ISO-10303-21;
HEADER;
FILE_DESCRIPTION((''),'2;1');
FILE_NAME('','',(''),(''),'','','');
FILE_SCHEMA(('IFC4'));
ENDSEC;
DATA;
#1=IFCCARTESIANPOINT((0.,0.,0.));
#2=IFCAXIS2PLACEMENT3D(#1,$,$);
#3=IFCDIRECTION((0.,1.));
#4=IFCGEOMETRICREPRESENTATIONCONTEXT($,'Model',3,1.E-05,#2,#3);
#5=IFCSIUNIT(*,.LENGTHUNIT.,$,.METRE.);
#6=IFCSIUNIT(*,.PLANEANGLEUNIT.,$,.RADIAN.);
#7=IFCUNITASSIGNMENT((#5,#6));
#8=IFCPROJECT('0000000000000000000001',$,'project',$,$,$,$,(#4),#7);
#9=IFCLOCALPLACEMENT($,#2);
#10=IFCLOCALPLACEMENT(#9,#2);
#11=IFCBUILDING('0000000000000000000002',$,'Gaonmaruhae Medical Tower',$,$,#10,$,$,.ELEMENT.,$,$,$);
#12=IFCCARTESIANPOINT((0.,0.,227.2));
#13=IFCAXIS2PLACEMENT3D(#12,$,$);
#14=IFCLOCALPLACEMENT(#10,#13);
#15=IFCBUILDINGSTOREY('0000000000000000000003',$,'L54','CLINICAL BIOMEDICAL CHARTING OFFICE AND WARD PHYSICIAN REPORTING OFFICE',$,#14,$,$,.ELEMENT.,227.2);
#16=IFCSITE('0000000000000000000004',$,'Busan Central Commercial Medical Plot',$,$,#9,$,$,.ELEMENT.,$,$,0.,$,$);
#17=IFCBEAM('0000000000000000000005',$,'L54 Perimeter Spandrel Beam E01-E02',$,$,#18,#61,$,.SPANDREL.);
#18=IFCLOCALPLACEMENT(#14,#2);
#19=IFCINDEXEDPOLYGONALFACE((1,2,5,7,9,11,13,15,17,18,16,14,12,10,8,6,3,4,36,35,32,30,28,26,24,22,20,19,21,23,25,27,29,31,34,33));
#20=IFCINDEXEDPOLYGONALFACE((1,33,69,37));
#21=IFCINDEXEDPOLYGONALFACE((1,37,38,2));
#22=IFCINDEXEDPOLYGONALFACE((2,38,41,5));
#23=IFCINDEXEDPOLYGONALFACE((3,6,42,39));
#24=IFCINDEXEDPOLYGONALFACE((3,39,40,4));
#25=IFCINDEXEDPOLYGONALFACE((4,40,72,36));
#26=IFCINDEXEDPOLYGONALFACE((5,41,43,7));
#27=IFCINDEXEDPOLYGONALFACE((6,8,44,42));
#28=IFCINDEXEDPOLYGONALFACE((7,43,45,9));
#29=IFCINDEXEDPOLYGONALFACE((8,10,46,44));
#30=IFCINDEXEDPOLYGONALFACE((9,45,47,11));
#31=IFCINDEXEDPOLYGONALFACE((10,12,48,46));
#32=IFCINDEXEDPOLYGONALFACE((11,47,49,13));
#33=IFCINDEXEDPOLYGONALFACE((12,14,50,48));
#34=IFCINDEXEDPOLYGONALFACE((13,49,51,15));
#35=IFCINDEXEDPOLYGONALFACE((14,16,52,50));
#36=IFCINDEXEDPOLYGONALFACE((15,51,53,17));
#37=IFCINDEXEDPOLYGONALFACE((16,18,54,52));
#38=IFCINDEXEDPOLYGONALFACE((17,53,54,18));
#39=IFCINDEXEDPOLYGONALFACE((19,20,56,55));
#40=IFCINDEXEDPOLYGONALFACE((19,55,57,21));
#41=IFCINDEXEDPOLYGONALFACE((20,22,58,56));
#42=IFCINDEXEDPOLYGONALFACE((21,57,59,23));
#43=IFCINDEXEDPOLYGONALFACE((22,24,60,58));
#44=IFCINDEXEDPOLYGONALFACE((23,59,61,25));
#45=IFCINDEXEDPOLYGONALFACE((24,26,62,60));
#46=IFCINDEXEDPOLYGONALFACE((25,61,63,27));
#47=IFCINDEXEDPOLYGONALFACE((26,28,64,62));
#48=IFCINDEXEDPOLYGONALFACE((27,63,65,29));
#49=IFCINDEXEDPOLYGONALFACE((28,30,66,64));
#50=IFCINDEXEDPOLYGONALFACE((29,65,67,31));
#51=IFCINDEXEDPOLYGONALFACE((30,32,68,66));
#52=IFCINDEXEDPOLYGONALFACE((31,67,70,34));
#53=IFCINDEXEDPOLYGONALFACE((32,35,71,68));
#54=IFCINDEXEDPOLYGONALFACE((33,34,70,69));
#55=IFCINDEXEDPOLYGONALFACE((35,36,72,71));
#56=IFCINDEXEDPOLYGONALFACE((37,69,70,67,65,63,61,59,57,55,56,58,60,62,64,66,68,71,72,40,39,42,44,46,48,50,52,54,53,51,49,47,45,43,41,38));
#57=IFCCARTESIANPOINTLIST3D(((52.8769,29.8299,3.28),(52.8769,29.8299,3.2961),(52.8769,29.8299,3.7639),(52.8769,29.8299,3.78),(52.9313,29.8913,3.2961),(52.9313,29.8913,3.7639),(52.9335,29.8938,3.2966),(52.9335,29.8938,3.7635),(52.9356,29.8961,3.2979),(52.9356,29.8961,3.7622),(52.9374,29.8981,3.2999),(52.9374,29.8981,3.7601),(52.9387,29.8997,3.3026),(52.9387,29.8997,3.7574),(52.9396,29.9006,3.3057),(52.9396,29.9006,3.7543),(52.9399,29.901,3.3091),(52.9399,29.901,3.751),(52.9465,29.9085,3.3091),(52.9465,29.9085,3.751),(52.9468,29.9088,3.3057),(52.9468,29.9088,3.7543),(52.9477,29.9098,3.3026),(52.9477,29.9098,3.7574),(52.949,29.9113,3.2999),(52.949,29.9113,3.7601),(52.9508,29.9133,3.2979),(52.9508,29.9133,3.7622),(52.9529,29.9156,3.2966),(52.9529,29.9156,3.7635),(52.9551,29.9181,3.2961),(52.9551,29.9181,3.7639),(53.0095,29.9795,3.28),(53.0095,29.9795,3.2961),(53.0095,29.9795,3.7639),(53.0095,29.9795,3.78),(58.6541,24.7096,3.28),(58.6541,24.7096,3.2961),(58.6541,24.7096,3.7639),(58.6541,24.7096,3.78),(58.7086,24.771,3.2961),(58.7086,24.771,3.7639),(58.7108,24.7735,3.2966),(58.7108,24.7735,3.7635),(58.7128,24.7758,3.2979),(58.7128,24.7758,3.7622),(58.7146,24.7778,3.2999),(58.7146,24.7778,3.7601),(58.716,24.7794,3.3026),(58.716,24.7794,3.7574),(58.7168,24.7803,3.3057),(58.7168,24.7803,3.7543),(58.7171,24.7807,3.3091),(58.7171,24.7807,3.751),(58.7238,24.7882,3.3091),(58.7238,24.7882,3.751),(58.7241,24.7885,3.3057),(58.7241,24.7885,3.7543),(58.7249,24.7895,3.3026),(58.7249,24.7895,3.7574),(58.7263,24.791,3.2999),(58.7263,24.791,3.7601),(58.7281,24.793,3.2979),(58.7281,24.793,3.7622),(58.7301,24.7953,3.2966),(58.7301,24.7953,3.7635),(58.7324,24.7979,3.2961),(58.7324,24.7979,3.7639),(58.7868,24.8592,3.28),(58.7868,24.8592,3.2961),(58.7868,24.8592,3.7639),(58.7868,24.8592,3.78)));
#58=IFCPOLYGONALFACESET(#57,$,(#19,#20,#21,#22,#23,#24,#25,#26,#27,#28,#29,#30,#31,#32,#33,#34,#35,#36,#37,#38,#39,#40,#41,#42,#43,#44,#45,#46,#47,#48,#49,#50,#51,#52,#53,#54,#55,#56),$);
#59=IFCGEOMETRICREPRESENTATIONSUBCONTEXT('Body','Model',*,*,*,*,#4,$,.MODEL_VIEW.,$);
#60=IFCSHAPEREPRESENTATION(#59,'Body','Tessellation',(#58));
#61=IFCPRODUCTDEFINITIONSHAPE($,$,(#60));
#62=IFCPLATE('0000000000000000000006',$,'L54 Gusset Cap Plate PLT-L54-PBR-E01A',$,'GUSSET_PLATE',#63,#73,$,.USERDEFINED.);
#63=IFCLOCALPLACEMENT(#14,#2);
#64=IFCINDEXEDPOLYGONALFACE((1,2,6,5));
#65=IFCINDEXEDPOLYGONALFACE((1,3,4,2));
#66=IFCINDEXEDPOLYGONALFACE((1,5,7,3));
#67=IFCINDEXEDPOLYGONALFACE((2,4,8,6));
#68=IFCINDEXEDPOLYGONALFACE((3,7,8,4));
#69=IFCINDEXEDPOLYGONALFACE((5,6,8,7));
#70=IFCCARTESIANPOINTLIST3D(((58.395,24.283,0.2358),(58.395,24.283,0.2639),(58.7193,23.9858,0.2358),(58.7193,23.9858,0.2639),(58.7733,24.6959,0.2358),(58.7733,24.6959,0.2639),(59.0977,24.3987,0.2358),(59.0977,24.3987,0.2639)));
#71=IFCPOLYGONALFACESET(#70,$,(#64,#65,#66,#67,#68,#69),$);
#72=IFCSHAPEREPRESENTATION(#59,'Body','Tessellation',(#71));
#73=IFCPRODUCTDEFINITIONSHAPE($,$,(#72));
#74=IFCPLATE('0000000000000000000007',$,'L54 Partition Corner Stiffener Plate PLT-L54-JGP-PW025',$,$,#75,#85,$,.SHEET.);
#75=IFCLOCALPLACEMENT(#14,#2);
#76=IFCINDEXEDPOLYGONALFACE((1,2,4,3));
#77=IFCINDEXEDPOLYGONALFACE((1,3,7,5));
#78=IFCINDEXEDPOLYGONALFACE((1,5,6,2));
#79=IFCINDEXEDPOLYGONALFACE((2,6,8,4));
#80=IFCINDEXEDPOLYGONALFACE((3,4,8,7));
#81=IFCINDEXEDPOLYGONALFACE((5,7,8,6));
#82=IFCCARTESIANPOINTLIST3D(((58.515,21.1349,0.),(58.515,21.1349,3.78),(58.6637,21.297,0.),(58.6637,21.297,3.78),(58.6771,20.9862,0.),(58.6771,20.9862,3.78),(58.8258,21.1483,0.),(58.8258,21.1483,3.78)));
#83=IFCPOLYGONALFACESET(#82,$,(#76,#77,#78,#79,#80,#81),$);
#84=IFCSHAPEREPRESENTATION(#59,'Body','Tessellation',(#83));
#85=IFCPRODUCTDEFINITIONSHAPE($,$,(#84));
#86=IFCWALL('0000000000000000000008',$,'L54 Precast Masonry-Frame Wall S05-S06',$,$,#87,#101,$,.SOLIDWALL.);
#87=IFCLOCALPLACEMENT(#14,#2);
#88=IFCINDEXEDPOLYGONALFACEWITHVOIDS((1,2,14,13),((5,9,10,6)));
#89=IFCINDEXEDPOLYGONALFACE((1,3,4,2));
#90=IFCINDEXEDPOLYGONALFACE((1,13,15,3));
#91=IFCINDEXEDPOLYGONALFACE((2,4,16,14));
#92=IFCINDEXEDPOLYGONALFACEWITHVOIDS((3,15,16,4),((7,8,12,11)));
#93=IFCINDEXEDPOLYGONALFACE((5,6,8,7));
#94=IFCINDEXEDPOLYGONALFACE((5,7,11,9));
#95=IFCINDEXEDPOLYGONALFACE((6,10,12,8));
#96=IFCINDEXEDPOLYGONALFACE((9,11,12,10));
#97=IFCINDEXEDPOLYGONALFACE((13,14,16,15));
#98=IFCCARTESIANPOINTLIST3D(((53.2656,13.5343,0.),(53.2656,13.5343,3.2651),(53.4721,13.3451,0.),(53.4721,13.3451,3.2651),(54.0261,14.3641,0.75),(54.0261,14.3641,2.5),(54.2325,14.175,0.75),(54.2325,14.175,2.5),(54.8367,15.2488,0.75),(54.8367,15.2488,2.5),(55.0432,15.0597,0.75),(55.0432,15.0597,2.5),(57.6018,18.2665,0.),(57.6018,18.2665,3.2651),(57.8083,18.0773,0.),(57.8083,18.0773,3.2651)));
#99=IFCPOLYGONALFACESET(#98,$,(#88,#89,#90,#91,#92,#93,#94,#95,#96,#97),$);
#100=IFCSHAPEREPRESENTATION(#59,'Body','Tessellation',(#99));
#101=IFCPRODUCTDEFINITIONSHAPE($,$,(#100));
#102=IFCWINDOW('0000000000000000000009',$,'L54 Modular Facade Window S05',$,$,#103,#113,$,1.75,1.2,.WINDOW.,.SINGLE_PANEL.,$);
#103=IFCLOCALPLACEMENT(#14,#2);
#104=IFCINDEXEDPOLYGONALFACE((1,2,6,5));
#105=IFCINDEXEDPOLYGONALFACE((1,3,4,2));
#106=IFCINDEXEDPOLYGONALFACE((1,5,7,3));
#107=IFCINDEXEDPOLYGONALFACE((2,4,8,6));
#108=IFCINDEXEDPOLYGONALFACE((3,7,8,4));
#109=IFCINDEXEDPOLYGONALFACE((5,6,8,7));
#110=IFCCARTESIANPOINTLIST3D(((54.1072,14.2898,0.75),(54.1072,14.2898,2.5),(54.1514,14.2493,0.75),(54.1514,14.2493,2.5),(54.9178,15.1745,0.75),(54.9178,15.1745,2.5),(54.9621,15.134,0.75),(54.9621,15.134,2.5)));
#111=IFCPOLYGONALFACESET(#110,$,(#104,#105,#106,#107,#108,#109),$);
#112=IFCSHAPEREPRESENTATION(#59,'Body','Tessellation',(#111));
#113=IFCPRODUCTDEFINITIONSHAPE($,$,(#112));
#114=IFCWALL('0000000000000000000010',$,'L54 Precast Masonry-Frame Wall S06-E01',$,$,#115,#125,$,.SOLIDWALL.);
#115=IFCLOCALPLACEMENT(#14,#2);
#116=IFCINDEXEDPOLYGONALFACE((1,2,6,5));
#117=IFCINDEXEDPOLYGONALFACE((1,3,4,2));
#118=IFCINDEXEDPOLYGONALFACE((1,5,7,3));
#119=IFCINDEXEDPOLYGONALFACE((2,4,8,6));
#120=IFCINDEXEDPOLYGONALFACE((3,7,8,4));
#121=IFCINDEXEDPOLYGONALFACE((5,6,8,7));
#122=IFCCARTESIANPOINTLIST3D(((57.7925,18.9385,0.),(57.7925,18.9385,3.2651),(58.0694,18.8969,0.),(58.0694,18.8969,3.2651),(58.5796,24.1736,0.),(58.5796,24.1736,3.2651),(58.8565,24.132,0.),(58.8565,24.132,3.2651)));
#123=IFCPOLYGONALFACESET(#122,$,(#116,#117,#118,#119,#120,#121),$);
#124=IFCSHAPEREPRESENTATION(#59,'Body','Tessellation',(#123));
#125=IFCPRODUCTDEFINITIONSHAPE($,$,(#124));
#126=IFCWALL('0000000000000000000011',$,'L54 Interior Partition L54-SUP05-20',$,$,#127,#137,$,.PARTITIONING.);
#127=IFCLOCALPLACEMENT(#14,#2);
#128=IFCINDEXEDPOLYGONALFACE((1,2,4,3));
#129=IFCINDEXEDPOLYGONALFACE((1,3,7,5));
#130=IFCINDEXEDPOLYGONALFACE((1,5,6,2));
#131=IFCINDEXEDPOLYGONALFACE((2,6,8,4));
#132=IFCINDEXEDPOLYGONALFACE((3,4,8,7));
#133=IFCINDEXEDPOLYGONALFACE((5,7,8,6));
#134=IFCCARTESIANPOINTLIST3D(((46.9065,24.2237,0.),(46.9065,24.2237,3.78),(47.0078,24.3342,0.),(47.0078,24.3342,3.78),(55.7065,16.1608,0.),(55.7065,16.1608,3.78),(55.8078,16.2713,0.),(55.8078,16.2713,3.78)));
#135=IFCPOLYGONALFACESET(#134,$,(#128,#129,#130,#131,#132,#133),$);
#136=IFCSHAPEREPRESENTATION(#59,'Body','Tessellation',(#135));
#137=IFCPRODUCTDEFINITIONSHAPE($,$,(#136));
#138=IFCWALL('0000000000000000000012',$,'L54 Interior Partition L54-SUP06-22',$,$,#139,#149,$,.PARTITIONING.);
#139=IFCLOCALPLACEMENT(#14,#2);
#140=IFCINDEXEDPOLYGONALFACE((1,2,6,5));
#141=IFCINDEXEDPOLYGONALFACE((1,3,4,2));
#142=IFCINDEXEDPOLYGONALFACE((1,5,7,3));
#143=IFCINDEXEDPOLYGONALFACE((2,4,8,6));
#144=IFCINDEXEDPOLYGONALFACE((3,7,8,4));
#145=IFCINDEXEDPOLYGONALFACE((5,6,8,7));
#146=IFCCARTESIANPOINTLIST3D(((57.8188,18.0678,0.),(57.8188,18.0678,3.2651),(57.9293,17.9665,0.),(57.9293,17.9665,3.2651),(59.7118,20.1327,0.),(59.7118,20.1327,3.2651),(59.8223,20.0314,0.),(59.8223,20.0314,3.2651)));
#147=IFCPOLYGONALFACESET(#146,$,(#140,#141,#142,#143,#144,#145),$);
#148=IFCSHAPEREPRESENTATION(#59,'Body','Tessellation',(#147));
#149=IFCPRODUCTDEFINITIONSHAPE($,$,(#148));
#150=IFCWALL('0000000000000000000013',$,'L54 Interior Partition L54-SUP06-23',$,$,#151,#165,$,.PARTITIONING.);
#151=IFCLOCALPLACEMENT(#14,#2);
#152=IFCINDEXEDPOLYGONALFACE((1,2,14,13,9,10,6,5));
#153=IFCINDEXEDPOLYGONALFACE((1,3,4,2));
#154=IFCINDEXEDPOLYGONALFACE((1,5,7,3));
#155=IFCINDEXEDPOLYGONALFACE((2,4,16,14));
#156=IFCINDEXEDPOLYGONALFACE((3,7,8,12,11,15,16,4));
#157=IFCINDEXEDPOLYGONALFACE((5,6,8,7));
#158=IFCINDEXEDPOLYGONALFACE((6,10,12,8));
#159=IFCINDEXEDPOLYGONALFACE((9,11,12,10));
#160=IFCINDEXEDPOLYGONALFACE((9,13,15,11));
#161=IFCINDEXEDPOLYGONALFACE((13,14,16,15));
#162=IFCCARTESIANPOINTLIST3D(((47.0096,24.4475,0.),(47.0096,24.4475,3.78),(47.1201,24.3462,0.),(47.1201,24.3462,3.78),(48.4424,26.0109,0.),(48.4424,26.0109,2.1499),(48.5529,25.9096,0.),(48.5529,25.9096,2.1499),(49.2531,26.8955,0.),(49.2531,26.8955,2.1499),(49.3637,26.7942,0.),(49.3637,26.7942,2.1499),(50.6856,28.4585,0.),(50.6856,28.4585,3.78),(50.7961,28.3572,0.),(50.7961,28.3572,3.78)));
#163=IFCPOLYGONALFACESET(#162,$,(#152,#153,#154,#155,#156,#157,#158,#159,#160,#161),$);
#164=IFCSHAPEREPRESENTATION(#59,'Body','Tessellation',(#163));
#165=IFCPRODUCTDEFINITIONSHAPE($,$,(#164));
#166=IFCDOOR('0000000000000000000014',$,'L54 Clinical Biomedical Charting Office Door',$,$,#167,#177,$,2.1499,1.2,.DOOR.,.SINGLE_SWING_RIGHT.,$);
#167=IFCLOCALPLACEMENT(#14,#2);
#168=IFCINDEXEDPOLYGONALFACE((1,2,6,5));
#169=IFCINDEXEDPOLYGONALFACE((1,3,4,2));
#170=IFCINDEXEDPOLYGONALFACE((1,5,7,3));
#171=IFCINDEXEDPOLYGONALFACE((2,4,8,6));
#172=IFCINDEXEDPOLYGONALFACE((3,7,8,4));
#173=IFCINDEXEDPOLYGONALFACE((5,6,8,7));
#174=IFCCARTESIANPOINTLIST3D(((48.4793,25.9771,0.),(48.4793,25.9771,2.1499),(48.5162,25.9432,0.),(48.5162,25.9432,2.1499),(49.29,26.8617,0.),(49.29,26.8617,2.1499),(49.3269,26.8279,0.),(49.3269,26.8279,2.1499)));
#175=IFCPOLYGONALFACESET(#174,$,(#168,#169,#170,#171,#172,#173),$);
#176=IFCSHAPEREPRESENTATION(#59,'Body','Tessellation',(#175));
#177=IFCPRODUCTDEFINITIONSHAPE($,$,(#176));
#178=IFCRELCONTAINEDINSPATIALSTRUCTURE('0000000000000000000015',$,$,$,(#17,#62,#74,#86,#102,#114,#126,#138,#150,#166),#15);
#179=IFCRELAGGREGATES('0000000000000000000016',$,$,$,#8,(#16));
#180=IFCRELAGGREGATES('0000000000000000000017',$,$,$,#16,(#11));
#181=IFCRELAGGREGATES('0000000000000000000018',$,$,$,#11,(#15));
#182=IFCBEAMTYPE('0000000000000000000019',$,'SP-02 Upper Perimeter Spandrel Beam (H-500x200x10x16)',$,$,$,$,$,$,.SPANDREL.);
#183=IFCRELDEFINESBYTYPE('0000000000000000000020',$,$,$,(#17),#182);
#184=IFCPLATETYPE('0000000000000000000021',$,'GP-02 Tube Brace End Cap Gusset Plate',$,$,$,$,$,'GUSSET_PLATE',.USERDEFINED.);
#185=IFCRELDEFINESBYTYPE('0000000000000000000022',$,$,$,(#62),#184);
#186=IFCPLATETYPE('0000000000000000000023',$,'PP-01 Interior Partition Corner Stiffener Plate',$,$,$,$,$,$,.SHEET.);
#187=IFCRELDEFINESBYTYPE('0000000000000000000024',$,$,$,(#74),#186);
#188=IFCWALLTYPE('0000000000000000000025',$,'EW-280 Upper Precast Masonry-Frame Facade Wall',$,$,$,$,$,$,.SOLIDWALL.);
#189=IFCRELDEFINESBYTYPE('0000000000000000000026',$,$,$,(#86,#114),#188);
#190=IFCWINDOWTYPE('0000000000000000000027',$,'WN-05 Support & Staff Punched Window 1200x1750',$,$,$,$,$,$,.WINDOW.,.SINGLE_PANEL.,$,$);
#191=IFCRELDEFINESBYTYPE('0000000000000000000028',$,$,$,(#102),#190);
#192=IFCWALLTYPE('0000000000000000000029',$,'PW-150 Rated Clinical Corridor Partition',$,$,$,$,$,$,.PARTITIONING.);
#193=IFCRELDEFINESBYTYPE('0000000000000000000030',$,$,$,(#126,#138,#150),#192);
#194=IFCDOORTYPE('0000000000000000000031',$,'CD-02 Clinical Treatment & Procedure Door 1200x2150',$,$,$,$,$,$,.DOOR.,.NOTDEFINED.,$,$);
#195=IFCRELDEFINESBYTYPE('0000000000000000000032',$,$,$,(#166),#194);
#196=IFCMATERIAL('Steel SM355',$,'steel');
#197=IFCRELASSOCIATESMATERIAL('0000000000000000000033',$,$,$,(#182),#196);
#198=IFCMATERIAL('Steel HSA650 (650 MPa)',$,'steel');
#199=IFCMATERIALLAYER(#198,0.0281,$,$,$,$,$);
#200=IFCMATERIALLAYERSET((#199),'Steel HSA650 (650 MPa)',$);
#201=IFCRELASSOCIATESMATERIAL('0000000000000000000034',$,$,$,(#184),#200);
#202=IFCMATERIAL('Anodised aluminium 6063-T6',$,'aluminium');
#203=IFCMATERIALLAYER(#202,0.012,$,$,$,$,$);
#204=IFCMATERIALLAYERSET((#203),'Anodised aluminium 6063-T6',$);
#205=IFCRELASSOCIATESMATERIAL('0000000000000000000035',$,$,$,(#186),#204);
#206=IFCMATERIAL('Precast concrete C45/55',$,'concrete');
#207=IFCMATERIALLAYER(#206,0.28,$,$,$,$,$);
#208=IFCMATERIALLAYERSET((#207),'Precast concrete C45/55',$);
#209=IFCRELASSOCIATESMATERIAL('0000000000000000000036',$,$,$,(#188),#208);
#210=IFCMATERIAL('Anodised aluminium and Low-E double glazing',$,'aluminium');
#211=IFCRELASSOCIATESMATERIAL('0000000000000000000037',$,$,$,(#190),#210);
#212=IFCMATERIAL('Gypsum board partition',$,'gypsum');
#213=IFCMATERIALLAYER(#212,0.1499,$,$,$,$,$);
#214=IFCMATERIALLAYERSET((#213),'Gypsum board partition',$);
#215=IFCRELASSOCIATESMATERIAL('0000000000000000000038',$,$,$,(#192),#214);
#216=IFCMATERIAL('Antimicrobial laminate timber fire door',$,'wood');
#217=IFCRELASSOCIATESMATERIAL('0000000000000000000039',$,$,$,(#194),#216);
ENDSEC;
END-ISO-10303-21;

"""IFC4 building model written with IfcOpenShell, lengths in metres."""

from ifc_helpers import new_model, si_unit, direction, frame, frame_2d, origin, origin_2d, place, context, subcontext, project, spatial, rectangle, i_section, extrude, material, layer, layer_set, material_profile, profile_set, type_object, element, fill, save


model = new_model("IFC4")

# Units and contexts
model_context = context("Model", 3, precision=1e-05, world=origin(), true_north=direction((0.0, 1.0)))
body_context = subcontext(model_context, "Body", "Model", "MODEL_VIEW")
ifc_project = project(units=[si_unit("LENGTHUNIT", "METRE"), si_unit("PLANEANGLEUNIT", "RADIAN")], contexts=[model_context])

# Site, building, storey
site_placement = place(None, origin())
site = spatial("IfcSite", under=ifc_project, at=site_placement, Name="Busan Central Commercial Medical Plot", CompositionType="ELEMENT", RefElevation=0.0)
building_placement = place(site_placement, origin())
building = spatial("IfcBuilding", under=site, at=building_placement, Name="Gaonmaruhae Medical Tower", CompositionType="ELEMENT")
storey_placement = place(building_placement, frame((0.0, 0.0, 227.2)))
storey = spatial("IfcBuildingStorey", under=building, at=storey_placement, Name="L54", Description="CLINICAL BIOMEDICAL CHARTING OFFICE AND WARD PHYSICIAN REPORTING OFFICE", CompositionType="ELEMENT", Elevation=227.2)

# Shared definitions
ifc_material_1 = material(Name="Steel SM355", Category="steel")

# Beam
ifc_material_profile_1 = material_profile(ifc_material_1, i_section(OverallWidth=0.2, OverallDepth=0.5, WebThickness=0.01, FlangeThickness=0.0161, FilletRadius=0.0129, at=origin_2d()), Name="H-500x200x10x16")
ifc_profile_set_1 = profile_set([ifc_material_profile_1], Name="Steel SM355")
beam_type_1 = type_object("IfcBeamType", Name="SP-02 Upper Perimeter Spandrel Beam (H-500x200x10x16)", PredefinedType="SPANDREL", material=ifc_profile_set_1)
beam_1_placement = place(storey_placement, frame((58.7205, 24.7844, 3.53), z_axis=(-0.748377, 0.663274, 0.0), x_axis=(-0.663274, -0.748377, 0.0)))
element("IfcBeam", 1, at=beam_1_placement, inside=storey, type_object=beam_type_1, Name="L54 Perimeter Spandrel Beam E01-E02", PredefinedType="SPANDREL", context=body_context, shape_type="SweptSolid", body=[
    extrude(i_section(OverallWidth=0.2, OverallDepth=0.5, WebThickness=0.01, FlangeThickness=0.0161, FilletRadius=0.0129, at=origin_2d()), origin(), (0.0, 0.0, 1.0), 7.7197),
])

# Plates
ifc_material_2 = material(Name="Steel HSA650 (650 MPa)", Category="steel")
ifc_layer_1 = layer(ifc_material_2, 0.0281)
ifc_layer_set_1 = layer_set([ifc_layer_1], Name="Steel HSA650 (650 MPa)")
plate_type_1 = type_object("IfcPlateType", Name="GP-02 Tube Brace End Cap Gusset Plate", ElementType="GUSSET_PLATE", PredefinedType="USERDEFINED", material=ifc_layer_set_1)
plate_1_placement = place(storey_placement, frame((58.7463, 24.3408, 0.2358), z_axis=(0.0, 0.0, 1.0), x_axis=(0.67559, 0.737277, 0.0)))
element("IfcPlate", 2, at=plate_1_placement, inside=storey, type_object=plate_type_1, Name="L54 Gusset Cap Plate PLT-L54-PBR-E01A", ObjectType="GUSSET_PLATE", PredefinedType="USERDEFINED", context=body_context, shape_type="SweptSolid", body=[
    extrude(rectangle(XDim=0.5601, YDim=0.4399, at=origin_2d()), origin(), (0.0, 0.0, 1.0), 0.0281),
])
ifc_material_3 = material(Name="Anodised aluminium 6063-T6", Category="aluminium")
ifc_layer_2 = layer(ifc_material_3, 0.012)
ifc_layer_set_2 = layer_set([ifc_layer_2], Name="Anodised aluminium 6063-T6")
plate_type_2 = type_object("IfcPlateType", Name="PP-01 Interior Partition Corner Stiffener Plate", PredefinedType="SHEET", material=ifc_layer_set_2)
plate_2_placement = place(storey_placement, frame((58.6704, 21.1416, 0.0), z_axis=(0.0, 0.0, 1.0), x_axis=(0.736971, -0.675925, 0.0)))
element("IfcPlate", 3, at=plate_2_placement, inside=storey, type_object=plate_type_2, Name="L54 Partition Corner Stiffener Plate PLT-L54-JGP-PW025", PredefinedType="SHEET", context=body_context, shape_type="SweptSolid", body=[
    extrude(rectangle(XDim=0.22, YDim=0.22, at=origin_2d()), origin(), (0.0, 0.0, 1.0), 3.78),
])

# Wall, opening, window
ifc_material_4 = material(Name="Precast concrete C45/55", Category="concrete")
ifc_layer_3 = layer(ifc_material_4, 0.28)
ifc_layer_set_3 = layer_set([ifc_layer_3], Name="Precast concrete C45/55")
wall_type_1 = type_object("IfcWallType", Name="EW-280 Upper Precast Masonry-Frame Facade Wall", PredefinedType="SOLIDWALL", material=ifc_layer_set_3)
wall_1_placement = place(storey_placement, frame((57.7051, 18.1719, 0.0), z_axis=(0.0, 0.0, 1.0), x_axis=(-0.675585, -0.737282, 0.0)))
wall_1 = element("IfcWall", 4, at=wall_1_placement, inside=storey, type_object=wall_type_1, Name="L54 Precast Masonry-Frame Wall S05-S06", PredefinedType="SOLIDWALL", context=body_context, shape_type="SweptSolid", body=[
    extrude(rectangle(XDim=6.4185, YDim=0.28, at=frame_2d((3.2092, 0.0))), origin(), (0.0, 0.0, 1.0), 3.2651),
])
opening_1_placement = place(wall_1_placement, frame((4.0928, 0.0, 0.75)))
opening_1 = element("IfcOpeningElement", 5, at=opening_1_placement, cuts=wall_1, PredefinedType="OPENING", context=body_context, shape_type="SweptSolid", body=[
    extrude(rectangle(XDim=1.2, YDim=1.75, at=frame_2d((0.6001, 0.875))), frame((0.0, 0.1499, 0.0), z_axis=(0.0, -1.0, 0.0), x_axis=(1.0, 0.0, 0.0)), (0.0, 0.0, 1.0), 0.3),
])
ifc_material_5 = material(Name="Anodised aluminium and Low-E double glazing", Category="aluminium")
window_type = type_object("IfcWindowType", Name="WN-05 Support & Staff Punched Window 1200x1750", PartitioningType="SINGLE_PANEL", PredefinedType="WINDOW", material=ifc_material_5)
window_placement = place(opening_1_placement, origin())
window = element("IfcWindow", 6, at=window_placement, inside=storey, type_object=window_type, Name="L54 Modular Facade Window S05", OverallHeight=1.75, OverallWidth=1.2, PartitioningType="SINGLE_PANEL", PredefinedType="WINDOW", context=body_context, shape_type="SweptSolid", body=[
    extrude(rectangle(XDim=1.2, YDim=1.75, at=frame_2d((0.6001, 0.875))), frame((0.0, 0.03, 0.0), z_axis=(0.0, -1.0, 0.0), x_axis=(1.0, 0.0, 0.0)), (0.0, 0.0, 1.0), 0.0601),
])
fill(opening_1, window)

# Walls
wall_2_placement = place(storey_placement, frame((58.718, 24.1528, 0.0), z_axis=(0.0, 0.0, 1.0), x_axis=(-0.148681, -0.988885, 0.0)))
element("IfcWall", 7, at=wall_2_placement, inside=storey, type_object=wall_type_1, Name="L54 Precast Masonry-Frame Wall S06-E01", PredefinedType="SOLIDWALL", context=body_context, shape_type="SweptSolid", body=[
    extrude(rectangle(XDim=5.2939, YDim=0.28, at=frame_2d((2.647, 0.0))), origin(), (0.0, 0.0, 1.0), 3.2651),
])
ifc_material_6 = material(Name="Gypsum board partition", Category="gypsum")
ifc_layer_4 = layer(ifc_material_6, 0.1499)
ifc_layer_set_4 = layer_set([ifc_layer_4], Name="Gypsum board partition")
wall_type_2 = type_object("IfcWallType", Name="PW-150 Rated Clinical Corridor Partition", PredefinedType="PARTITIONING", material=ifc_layer_set_4)
wall_3_placement = place(storey_placement, frame((46.957, 24.2791, 0.0), z_axis=(0.0, 0.0, 1.0), x_axis=(0.73731, -0.675555, 0.0)))
element("IfcWall", 8, at=wall_3_placement, inside=storey, type_object=wall_type_2, Name="L54 Interior Partition L54-SUP05-20", PredefinedType="PARTITIONING", context=body_context, shape_type="SweptSolid", body=[
    extrude(rectangle(XDim=11.9353, YDim=0.1499, at=frame_2d((5.9678, 0.0))), origin(), (0.0, 0.0, 1.0), 3.78),
])
wall_4_placement = place(storey_placement, frame((59.7671, 20.082, 0.0), z_axis=(0.0, 0.0, 1.0), x_axis=(-0.675764, -0.737118, 0.0)))
element("IfcWall", 9, at=wall_4_placement, inside=storey, type_object=wall_type_2, Name="L54 Interior Partition L54-SUP06-22", PredefinedType="PARTITIONING", context=body_context, shape_type="SweptSolid", body=[
    extrude(rectangle(XDim=2.8013, YDim=0.1499, at=frame_2d((1.4006, 0.0))), origin(), (0.0, 0.0, 1.0), 3.2651),
])

# Wall, opening, door
wall_5_placement = place(storey_placement, frame((47.0649, 24.397, 0.0), z_axis=(0.0, 0.0, 1.0), x_axis=(0.675654, 0.737219, 0.0)))
wall_5 = element("IfcWall", 10, at=wall_5_placement, inside=storey, type_object=wall_type_2, Name="L54 Interior Partition L54-SUP06-23", PredefinedType="PARTITIONING", context=body_context, shape_type="SweptSolid", body=[
    extrude(rectangle(XDim=5.4407, YDim=0.1499, at=frame_2d((2.7202, 0.0))), origin(), (0.0, 0.0, 1.0), 3.78),
])
opening_2_placement = place(wall_5_placement, frame((2.1204, 0.0, 0.0)))
opening_2 = element("IfcOpeningElement", 11, at=opening_2_placement, cuts=wall_5, PredefinedType="OPENING", context=body_context, shape_type="SweptSolid", body=[
    extrude(rectangle(XDim=1.2, YDim=2.1499, at=frame_2d((0.6001, 1.075))), frame((0.0, 0.085, 0.0), z_axis=(0.0, -1.0, 0.0), x_axis=(1.0, 0.0, 0.0)), (0.0, 0.0, 1.0), 0.1699),
])
ifc_material_7 = material(Name="Antimicrobial laminate timber fire door", Category="wood")
door_type = type_object("IfcDoorType", Name="CD-02 Clinical Treatment & Procedure Door 1200x2150", OperationType="NOTDEFINED", PredefinedType="DOOR", material=ifc_material_7)
door_placement = place(opening_2_placement, origin())
door = element("IfcDoor", 12, at=door_placement, inside=storey, type_object=door_type, Name="L54 Clinical Biomedical Charting Office Door", OperationType="SINGLE_SWING_RIGHT", OverallHeight=2.1499, OverallWidth=1.2, PredefinedType="DOOR", context=body_context, shape_type="SweptSolid", body=[
    extrude(rectangle(XDim=1.2, YDim=2.1499, at=frame_2d((0.6001, 1.075))), frame((0.0, 0.0249, 0.0), z_axis=(0.0, -1.0, 0.0), x_axis=(1.0, 0.0, 0.0)), (0.0, 0.0, 1.0), 0.05),
])
fill(opening_2, door)

save(model, "model.ifc")
